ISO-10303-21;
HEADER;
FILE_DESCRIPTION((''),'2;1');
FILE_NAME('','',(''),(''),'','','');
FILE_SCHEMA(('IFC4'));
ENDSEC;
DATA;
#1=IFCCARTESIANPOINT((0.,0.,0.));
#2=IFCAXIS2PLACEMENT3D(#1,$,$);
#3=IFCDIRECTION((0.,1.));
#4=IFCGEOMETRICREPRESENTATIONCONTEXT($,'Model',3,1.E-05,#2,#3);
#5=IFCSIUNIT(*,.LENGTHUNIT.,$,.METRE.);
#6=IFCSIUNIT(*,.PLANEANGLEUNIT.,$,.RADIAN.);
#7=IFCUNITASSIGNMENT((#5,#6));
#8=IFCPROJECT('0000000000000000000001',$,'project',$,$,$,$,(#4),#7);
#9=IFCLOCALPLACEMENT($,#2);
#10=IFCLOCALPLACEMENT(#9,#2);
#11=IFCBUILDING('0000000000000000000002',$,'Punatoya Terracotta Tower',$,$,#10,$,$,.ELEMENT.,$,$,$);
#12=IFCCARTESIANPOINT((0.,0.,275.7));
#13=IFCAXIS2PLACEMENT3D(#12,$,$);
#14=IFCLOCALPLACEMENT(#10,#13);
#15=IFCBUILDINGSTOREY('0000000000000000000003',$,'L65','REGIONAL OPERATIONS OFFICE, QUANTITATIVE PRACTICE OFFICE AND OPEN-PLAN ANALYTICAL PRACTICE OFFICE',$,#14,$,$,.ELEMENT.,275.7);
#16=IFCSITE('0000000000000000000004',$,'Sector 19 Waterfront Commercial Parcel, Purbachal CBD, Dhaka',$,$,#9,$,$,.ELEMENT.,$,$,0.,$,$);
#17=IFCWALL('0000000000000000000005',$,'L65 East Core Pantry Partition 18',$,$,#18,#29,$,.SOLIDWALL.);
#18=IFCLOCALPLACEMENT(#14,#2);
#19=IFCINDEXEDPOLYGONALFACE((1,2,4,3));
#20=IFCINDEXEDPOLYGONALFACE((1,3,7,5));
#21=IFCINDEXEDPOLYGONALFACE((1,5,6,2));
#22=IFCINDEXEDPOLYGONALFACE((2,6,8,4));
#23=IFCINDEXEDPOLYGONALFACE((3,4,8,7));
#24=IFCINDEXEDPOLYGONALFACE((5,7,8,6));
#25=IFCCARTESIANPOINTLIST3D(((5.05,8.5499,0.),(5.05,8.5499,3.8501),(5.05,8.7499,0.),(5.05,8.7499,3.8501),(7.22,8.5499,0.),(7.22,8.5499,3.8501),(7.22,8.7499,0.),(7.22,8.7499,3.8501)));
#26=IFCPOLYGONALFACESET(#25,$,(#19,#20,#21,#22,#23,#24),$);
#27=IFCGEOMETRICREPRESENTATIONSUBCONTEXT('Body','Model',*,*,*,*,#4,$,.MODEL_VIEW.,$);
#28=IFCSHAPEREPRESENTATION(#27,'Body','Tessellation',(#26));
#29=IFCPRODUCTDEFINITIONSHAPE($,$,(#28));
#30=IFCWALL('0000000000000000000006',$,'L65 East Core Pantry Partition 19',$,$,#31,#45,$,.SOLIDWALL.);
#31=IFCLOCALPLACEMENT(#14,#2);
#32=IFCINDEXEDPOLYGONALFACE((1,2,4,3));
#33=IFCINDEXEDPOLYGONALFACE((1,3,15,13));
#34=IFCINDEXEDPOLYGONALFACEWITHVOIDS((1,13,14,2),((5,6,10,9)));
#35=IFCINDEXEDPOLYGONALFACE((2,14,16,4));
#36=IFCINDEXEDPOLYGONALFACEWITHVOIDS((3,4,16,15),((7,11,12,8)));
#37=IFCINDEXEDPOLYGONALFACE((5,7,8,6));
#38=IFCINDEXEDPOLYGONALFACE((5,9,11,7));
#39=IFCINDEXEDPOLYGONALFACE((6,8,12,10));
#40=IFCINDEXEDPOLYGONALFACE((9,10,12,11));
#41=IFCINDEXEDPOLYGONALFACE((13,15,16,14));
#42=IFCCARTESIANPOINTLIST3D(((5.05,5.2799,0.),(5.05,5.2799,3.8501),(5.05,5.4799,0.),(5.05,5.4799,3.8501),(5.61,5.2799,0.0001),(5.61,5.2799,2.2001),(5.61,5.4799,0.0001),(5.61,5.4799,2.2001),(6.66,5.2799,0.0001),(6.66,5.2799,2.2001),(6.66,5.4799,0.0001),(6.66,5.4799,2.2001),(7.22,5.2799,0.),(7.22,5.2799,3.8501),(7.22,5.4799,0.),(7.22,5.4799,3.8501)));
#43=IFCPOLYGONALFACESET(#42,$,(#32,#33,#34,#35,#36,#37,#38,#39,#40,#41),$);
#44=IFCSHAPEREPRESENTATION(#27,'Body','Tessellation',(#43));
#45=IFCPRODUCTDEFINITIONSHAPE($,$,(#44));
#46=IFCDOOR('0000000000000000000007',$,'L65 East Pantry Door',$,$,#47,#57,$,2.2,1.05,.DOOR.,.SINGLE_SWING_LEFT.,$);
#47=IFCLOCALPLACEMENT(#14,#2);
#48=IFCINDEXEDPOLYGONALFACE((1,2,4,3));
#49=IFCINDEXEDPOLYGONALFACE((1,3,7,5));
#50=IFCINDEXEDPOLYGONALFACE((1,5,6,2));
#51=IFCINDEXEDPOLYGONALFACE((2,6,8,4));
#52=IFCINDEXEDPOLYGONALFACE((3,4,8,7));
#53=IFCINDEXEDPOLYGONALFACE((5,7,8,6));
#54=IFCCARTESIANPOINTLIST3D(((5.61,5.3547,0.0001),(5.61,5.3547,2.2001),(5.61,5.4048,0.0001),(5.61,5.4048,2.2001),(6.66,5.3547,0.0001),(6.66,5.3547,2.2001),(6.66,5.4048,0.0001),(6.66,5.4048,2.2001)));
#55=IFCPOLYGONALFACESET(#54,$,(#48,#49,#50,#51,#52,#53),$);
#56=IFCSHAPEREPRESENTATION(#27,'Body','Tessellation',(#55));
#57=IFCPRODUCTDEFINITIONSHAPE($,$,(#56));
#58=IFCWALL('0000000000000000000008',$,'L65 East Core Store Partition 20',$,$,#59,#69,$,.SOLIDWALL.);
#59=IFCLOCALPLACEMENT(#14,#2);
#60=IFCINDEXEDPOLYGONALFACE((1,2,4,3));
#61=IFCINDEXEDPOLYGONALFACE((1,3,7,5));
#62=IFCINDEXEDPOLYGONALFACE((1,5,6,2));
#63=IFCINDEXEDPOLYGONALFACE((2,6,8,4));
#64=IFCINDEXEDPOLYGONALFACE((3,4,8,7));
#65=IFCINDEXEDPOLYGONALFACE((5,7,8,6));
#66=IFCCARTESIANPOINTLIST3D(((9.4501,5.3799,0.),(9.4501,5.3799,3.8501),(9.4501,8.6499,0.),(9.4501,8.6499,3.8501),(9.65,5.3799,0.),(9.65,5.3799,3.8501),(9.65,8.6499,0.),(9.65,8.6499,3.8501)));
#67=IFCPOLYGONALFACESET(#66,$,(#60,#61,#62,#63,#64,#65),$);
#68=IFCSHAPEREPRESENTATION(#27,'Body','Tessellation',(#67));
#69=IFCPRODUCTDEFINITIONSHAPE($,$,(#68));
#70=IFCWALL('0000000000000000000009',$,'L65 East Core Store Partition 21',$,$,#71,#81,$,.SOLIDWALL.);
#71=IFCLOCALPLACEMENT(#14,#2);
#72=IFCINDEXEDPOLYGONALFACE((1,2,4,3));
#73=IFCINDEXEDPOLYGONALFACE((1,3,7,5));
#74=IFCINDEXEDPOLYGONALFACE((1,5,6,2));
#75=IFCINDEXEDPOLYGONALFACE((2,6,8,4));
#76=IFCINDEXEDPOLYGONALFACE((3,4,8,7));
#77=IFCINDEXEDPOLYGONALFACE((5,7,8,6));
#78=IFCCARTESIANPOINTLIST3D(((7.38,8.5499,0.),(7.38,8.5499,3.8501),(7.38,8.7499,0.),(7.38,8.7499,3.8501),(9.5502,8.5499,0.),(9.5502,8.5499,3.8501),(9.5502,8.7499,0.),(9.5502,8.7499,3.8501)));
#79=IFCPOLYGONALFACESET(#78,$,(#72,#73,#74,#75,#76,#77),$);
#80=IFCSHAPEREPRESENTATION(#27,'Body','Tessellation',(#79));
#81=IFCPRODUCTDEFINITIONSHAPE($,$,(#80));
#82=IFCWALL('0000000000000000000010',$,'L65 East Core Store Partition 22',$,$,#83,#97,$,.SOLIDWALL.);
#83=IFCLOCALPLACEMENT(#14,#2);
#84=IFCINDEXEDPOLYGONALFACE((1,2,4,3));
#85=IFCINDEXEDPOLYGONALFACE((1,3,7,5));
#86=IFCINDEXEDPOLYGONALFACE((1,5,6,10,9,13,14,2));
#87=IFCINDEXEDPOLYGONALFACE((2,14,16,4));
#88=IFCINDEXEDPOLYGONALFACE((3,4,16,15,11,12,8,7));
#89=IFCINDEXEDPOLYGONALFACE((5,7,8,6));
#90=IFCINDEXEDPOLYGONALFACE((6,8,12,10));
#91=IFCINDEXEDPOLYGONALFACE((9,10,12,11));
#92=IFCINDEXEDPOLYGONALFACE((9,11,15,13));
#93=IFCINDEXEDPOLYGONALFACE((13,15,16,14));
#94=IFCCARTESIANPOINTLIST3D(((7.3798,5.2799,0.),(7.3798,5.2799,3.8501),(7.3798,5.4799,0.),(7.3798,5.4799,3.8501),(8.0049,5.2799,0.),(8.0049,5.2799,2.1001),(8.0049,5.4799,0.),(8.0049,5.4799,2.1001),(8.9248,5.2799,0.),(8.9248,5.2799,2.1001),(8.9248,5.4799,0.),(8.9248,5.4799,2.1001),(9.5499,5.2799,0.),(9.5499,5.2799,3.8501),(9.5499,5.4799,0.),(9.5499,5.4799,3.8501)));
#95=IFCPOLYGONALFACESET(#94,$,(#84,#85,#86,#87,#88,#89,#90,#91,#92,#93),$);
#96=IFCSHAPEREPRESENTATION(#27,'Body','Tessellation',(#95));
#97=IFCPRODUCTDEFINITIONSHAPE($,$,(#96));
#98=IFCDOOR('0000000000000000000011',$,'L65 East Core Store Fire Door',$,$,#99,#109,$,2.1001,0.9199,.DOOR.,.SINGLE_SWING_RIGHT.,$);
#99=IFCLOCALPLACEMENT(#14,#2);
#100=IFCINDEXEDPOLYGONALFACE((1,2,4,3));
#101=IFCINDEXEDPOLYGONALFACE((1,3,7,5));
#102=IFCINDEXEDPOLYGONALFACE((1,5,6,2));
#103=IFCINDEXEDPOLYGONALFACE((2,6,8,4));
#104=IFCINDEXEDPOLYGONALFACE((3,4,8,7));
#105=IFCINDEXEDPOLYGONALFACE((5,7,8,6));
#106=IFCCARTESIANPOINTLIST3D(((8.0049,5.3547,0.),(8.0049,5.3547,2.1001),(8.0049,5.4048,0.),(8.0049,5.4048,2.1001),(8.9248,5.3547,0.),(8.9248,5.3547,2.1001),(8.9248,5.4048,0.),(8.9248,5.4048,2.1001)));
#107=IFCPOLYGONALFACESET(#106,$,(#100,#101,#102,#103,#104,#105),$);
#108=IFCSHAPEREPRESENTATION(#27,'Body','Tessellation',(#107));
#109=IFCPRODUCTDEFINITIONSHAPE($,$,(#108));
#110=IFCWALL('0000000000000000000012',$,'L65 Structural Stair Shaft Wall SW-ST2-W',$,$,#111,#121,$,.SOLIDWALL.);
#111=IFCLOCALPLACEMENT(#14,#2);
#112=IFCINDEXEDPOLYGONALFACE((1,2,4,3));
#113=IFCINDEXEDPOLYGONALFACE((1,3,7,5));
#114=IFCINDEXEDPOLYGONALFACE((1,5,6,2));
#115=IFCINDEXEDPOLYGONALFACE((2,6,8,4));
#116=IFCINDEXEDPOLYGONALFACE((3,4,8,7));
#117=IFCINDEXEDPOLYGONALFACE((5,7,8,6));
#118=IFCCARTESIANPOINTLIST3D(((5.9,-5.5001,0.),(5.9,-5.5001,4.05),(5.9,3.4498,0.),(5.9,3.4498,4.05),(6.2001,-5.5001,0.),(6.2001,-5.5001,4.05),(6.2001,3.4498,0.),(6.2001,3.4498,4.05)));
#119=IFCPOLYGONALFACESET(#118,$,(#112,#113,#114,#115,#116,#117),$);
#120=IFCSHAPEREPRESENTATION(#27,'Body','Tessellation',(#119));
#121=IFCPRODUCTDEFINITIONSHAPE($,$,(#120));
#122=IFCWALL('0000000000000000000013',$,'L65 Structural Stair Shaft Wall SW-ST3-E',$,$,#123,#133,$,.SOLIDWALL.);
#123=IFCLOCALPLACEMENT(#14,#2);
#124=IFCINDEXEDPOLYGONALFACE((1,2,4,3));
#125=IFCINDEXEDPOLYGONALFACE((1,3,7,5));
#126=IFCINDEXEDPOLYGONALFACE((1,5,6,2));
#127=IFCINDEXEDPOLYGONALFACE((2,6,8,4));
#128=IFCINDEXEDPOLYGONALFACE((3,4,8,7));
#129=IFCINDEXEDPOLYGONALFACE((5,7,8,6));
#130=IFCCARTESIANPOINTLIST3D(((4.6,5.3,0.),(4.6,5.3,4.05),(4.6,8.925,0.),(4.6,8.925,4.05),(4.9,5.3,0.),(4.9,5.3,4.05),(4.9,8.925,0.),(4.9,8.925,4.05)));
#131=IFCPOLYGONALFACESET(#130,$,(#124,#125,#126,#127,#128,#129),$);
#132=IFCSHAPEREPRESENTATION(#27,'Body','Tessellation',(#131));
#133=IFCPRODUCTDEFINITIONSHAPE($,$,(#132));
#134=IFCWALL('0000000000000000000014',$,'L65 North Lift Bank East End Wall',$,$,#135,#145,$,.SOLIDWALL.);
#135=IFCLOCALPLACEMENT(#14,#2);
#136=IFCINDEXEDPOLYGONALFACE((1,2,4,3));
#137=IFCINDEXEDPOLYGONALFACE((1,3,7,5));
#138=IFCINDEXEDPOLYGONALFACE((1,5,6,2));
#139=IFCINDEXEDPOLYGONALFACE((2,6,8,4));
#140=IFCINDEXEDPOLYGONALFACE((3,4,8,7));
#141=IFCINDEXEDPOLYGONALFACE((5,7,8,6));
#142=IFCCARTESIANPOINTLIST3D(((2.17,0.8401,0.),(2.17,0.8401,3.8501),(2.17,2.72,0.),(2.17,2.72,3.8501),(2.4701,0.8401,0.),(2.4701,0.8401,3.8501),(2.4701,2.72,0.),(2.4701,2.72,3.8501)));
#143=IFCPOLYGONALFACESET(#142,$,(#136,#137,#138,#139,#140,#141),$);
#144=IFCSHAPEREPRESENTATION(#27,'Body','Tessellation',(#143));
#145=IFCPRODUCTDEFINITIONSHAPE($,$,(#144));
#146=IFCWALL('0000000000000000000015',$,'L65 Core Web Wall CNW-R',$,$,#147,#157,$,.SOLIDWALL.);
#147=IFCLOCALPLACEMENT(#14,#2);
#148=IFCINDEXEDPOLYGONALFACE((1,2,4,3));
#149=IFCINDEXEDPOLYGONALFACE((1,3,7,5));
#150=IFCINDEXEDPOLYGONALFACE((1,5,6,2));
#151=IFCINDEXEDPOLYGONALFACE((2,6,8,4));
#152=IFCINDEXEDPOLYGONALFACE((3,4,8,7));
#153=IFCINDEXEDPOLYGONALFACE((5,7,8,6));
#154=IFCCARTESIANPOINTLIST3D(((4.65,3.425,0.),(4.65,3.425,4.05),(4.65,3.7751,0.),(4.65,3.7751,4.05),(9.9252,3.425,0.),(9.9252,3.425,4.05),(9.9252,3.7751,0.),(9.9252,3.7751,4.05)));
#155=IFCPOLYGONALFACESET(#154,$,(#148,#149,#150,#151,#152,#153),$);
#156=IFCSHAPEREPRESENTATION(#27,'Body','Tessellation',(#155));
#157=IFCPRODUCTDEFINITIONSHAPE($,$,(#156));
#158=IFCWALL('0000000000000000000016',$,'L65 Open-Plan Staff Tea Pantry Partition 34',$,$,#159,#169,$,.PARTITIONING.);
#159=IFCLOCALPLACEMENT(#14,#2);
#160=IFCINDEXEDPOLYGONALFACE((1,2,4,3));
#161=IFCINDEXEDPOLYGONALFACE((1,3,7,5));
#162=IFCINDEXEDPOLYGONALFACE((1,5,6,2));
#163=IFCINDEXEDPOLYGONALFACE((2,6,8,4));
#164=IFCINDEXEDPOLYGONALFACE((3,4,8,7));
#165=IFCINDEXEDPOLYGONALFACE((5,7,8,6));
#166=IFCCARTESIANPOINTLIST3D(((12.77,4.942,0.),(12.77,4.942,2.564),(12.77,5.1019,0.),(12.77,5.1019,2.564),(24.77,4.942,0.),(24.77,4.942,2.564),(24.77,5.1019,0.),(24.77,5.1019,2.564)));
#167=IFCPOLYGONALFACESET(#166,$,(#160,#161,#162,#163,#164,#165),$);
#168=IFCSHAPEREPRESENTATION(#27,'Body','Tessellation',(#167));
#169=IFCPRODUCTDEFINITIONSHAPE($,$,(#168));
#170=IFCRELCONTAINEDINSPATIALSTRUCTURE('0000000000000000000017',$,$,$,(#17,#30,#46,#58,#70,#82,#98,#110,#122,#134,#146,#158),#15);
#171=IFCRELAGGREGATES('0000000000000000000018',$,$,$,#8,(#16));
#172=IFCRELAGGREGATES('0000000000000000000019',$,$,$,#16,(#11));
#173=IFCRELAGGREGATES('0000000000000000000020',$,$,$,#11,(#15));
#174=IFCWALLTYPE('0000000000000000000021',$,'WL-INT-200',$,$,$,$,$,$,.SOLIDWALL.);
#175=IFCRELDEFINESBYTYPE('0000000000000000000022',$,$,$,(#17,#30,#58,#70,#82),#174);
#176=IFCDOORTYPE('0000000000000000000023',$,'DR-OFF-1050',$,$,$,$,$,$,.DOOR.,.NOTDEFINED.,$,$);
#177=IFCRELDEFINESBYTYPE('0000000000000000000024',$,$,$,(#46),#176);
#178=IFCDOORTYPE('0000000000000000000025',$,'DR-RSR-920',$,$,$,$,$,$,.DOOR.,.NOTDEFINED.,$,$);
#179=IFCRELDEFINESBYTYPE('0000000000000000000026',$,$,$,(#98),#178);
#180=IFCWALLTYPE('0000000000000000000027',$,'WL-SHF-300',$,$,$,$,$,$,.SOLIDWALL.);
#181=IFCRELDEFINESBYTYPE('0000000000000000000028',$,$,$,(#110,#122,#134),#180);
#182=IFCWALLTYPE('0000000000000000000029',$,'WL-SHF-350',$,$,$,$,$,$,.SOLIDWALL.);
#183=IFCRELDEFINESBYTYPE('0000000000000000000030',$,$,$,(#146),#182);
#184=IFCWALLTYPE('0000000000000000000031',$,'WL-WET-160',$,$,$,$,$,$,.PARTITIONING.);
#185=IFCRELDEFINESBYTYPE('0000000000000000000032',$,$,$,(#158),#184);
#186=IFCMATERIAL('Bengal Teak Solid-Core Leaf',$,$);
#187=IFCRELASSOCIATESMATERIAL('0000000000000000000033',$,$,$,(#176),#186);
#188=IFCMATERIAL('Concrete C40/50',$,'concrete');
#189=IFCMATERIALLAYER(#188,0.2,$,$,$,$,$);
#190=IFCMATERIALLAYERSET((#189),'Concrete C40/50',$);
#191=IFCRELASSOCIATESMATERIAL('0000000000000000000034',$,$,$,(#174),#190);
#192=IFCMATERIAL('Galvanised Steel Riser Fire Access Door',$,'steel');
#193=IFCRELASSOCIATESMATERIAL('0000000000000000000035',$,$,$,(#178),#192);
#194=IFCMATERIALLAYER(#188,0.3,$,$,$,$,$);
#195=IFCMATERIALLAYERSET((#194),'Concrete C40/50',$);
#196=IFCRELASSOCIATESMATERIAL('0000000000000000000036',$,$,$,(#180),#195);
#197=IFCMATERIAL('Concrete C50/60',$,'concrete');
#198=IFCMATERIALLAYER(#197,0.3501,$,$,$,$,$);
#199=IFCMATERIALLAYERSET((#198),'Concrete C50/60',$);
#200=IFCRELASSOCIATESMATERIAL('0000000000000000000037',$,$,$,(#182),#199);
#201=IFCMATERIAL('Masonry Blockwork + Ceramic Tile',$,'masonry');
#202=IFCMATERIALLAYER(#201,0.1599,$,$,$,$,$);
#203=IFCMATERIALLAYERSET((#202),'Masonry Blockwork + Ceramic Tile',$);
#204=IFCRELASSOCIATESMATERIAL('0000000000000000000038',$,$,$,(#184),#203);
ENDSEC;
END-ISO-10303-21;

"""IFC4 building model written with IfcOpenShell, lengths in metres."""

from ifc_helpers import new_model, si_unit, direction, frame, frame_2d, origin, place, context, subcontext, project, spatial, rectangle, extrude, material, layer, layer_set, type_object, element, fill, save


model = new_model("IFC4")

# Units and contexts
model_context = context("Model", 3, precision=1e-05, world=origin(), true_north=direction((0.0, 1.0)))
body_context = subcontext(model_context, "Body", "Model", "MODEL_VIEW")
ifc_project = project(units=[si_unit("LENGTHUNIT", "METRE"), si_unit("PLANEANGLEUNIT", "RADIAN")], contexts=[model_context])

# Site, building, storey
site_placement = place(None, origin())
site = spatial("IfcSite", under=ifc_project, at=site_placement, Name="Sector 19 Waterfront Commercial Parcel, Purbachal CBD, Dhaka", CompositionType="ELEMENT", RefElevation=0.0)
building_placement = place(site_placement, origin())
building = spatial("IfcBuilding", under=site, at=building_placement, Name="Punatoya Terracotta Tower", CompositionType="ELEMENT")
storey_placement = place(building_placement, frame((0.0, 0.0, 275.7)))
storey = spatial("IfcBuildingStorey", under=building, at=storey_placement, Name="L65", Description="REGIONAL OPERATIONS OFFICE, QUANTITATIVE PRACTICE OFFICE AND OPEN-PLAN ANALYTICAL PRACTICE OFFICE", CompositionType="ELEMENT", Elevation=275.7)

# Shared definitions
ifc_material_1 = material(Name="Concrete C50/60", Category="concrete")
ifc_material_2 = material(Name="Bengal Teak Solid-Core Leaf")
door_type_1 = type_object("IfcDoorType", Name="DR-OFF-1050", OperationType="NOTDEFINED", PredefinedType="DOOR", material=ifc_material_2)

# Wall
ifc_material_3 = material(Name="Concrete C40/50", Category="concrete")
ifc_layer_1 = layer(ifc_material_3, 0.2)
ifc_layer_set_1 = layer_set([ifc_layer_1], Name="Concrete C40/50")
wall_type_1 = type_object("IfcWallType", Name="WL-INT-200", PredefinedType="SOLIDWALL", material=ifc_layer_set_1)
wall_1_placement = place(storey_placement, frame((7.22, 8.6499, 0.0), z_axis=(0.0, 0.0, 1.0), x_axis=(-1.0, 0.0, 0.0)))
element("IfcWall", 1, at=wall_1_placement, inside=storey, type_object=wall_type_1, Name="L65 East Core Pantry Partition 18", PredefinedType="SOLIDWALL", context=body_context, shape_type="SweptSolid", body=[
    extrude(rectangle(XDim=2.1699, YDim=0.2, at=frame_2d((1.085, 0.0))), origin(), (0.0, 0.0, 1.0), 3.8501),
])

# Wall, opening, door
wall_2_placement = place(storey_placement, frame((5.05, 5.3799, 0.0), z_axis=(0.0, 0.0, 1.0), x_axis=(1.0, 0.0, 0.0)))
wall_2 = element("IfcWall", 2, at=wall_2_placement, inside=storey, type_object=wall_type_1, Name="L65 East Core Pantry Partition 19", PredefinedType="SOLIDWALL", context=body_context, shape_type="SweptSolid", body=[
    extrude(rectangle(XDim=2.1699, YDim=0.2, at=frame_2d((1.085, 0.0))), origin(), (0.0, 0.0, 1.0), 3.8501),
])
opening_1_placement = place(wall_2_placement, frame((0.5601, 0.0, 0.0)))
opening_1 = element("IfcOpeningElement", 3, at=opening_1_placement, cuts=wall_2, PredefinedType="OPENING", context=body_context, shape_type="SweptSolid", body=[
    extrude(rectangle(XDim=1.05, YDim=2.2, at=frame_2d((0.5249, 1.1001))), frame((0.0, 0.1099, 0.0), z_axis=(0.0, -1.0, 0.0), x_axis=(1.0, 0.0, 0.0)), (0.0, 0.0, 1.0), 0.22),
])
door_1_placement = place(opening_1_placement, origin())
door_1 = element("IfcDoor", 4, at=door_1_placement, inside=storey, type_object=door_type_1, Name="L65 East Pantry Door", OperationType="SINGLE_SWING_LEFT", OverallHeight=2.2, OverallWidth=1.05, PredefinedType="DOOR", context=body_context, shape_type="SweptSolid", body=[
    extrude(rectangle(XDim=1.05, YDim=2.2, at=frame_2d((0.5249, 1.1001))), frame((0.0, 0.0249, 0.0), z_axis=(0.0, -1.0, 0.0), x_axis=(1.0, 0.0, 0.0)), (0.0, 0.0, 1.0), 0.05),
])
fill(opening_1, door_1)

# Walls
wall_3_placement = place(storey_placement, frame((9.55, 5.3799, 0.0), z_axis=(0.0, 0.0, 1.0), x_axis=(0.0, 1.0, 0.0)))
element("IfcWall", 5, at=wall_3_placement, inside=storey, type_object=wall_type_1, Name="L65 East Core Store Partition 20", PredefinedType="SOLIDWALL", context=body_context, shape_type="SweptSolid", body=[
    extrude(rectangle(XDim=3.27, YDim=0.2, at=frame_2d((1.635, 0.0))), origin(), (0.0, 0.0, 1.0), 3.8501),
])
wall_4_placement = place(storey_placement, frame((9.55, 8.6499, 0.0), z_axis=(0.0, 0.0, 1.0), x_axis=(-1.0, 0.0, 0.0)))
element("IfcWall", 6, at=wall_4_placement, inside=storey, type_object=wall_type_1, Name="L65 East Core Store Partition 21", PredefinedType="SOLIDWALL", context=body_context, shape_type="SweptSolid", body=[
    extrude(rectangle(XDim=2.1702, YDim=0.2, at=frame_2d((1.085, 0.0))), origin(), (0.0, 0.0, 1.0), 3.8501),
])

# Wall, opening, door
wall_5_placement = place(storey_placement, frame((7.3799, 5.3799, 0.0), z_axis=(0.0, 0.0, 1.0), x_axis=(1.0, 0.0, 0.0)))
wall_5 = element("IfcWall", 7, at=wall_5_placement, inside=storey, type_object=wall_type_1, Name="L65 East Core Store Partition 22", PredefinedType="SOLIDWALL", context=body_context, shape_type="SweptSolid", body=[
    extrude(rectangle(XDim=2.1702, YDim=0.2, at=frame_2d((1.085, 0.0))), origin(), (0.0, 0.0, 1.0), 3.8501),
])
opening_2_placement = place(wall_5_placement, frame((0.625, 0.0, 0.0)))
opening_2 = element("IfcOpeningElement", 8, at=opening_2_placement, cuts=wall_5, PredefinedType="OPENING", context=body_context, shape_type="SweptSolid", body=[
    extrude(rectangle(XDim=0.9199, YDim=2.1001, at=frame_2d((0.46, 1.05))), frame((0.0, 0.1099, 0.0), z_axis=(0.0, -1.0, 0.0), x_axis=(1.0, 0.0, 0.0)), (0.0, 0.0, 1.0), 0.22),
])
ifc_material_4 = material(Name="Galvanised Steel Riser Fire Access Door", Category="steel")
door_type_2 = type_object("IfcDoorType", Name="DR-RSR-920", OperationType="NOTDEFINED", PredefinedType="DOOR", material=ifc_material_4)
door_2_placement = place(opening_2_placement, origin())
door_2 = element("IfcDoor", 9, at=door_2_placement, inside=storey, type_object=door_type_2, Name="L65 East Core Store Fire Door", OperationType="SINGLE_SWING_RIGHT", OverallHeight=2.1001, OverallWidth=0.9199, PredefinedType="DOOR", context=body_context, shape_type="SweptSolid", body=[
    extrude(rectangle(XDim=0.9199, YDim=2.1001, at=frame_2d((0.46, 1.05))), frame((0.0, 0.0249, 0.0), z_axis=(0.0, -1.0, 0.0), x_axis=(1.0, 0.0, 0.0)), (0.0, 0.0, 1.0), 0.05),
])
fill(opening_2, door_2)

# Walls
ifc_layer_2 = layer(ifc_material_3, 0.3)
ifc_layer_set_2 = layer_set([ifc_layer_2], Name="Concrete C40/50")
wall_type_2 = type_object("IfcWallType", Name="WL-SHF-300", PredefinedType="SOLIDWALL", material=ifc_layer_set_2)
wall_6_placement = place(storey_placement, frame((6.05, 3.45, 0.0), z_axis=(0.0, 0.0, 1.0), x_axis=(0.0, -1.0, 0.0)))
element("IfcWall", 10, at=wall_6_placement, inside=storey, type_object=wall_type_2, Name="L65 Structural Stair Shaft Wall SW-ST2-W", PredefinedType="SOLIDWALL", context=body_context, shape_type="SweptSolid", body=[
    extrude(rectangle(XDim=8.95, YDim=0.3, at=frame_2d((4.4751, 0.0))), origin(), (0.0, 0.0, 1.0), 4.05),
])
wall_7_placement = place(storey_placement, frame((4.75, 8.925, 0.0), z_axis=(0.0, 0.0, 1.0), x_axis=(0.0, -1.0, 0.0)))
element("IfcWall", 11, at=wall_7_placement, inside=storey, type_object=wall_type_2, Name="L65 Structural Stair Shaft Wall SW-ST3-E", PredefinedType="SOLIDWALL", context=body_context, shape_type="SweptSolid", body=[
    extrude(rectangle(XDim=3.625, YDim=0.3, at=frame_2d((1.8125, 0.0))), origin(), (0.0, 0.0, 1.0), 4.05),
])
wall_8_placement = place(storey_placement, frame((2.3201, 0.8401, 0.0), z_axis=(0.0, 0.0, 1.0), x_axis=(0.0, 1.0, 0.0)))
element("IfcWall", 12, at=wall_8_placement, inside=storey, type_object=wall_type_2, Name="L65 North Lift Bank East End Wall", PredefinedType="SOLIDWALL", context=body_context, shape_type="SweptSolid", body=[
    extrude(rectangle(XDim=1.8799, YDim=0.3, at=frame_2d((0.9399, 0.0))), origin(), (0.0, 0.0, 1.0), 3.8501),
])
ifc_layer_3 = layer(ifc_material_1, 0.3501)
ifc_layer_set_3 = layer_set([ifc_layer_3], Name="Concrete C50/60")
wall_type_3 = type_object("IfcWallType", Name="WL-SHF-350", PredefinedType="SOLIDWALL", material=ifc_layer_set_3)
wall_9_placement = place(storey_placement, frame((4.6499, 3.6001, 0.0), z_axis=(0.0, 0.0, 1.0), x_axis=(1.0, 0.0, 0.0)))
element("IfcWall", 13, at=wall_9_placement, inside=storey, type_object=wall_type_3, Name="L65 Core Web Wall CNW-R", PredefinedType="SOLIDWALL", context=body_context, shape_type="SweptSolid", body=[
    extrude(rectangle(XDim=5.2751, YDim=0.3501, at=frame_2d((2.6377, 0.0))), origin(), (0.0, 0.0, 1.0), 4.05),
])
ifc_material_5 = material(Name="Masonry Blockwork + Ceramic Tile", Category="masonry")
ifc_layer_4 = layer(ifc_material_5, 0.1599)
ifc_layer_set_4 = layer_set([ifc_layer_4], Name="Masonry Blockwork + Ceramic Tile")
wall_type_4 = type_object("IfcWallType", Name="WL-WET-160", PredefinedType="PARTITIONING", material=ifc_layer_set_4)
wall_10_placement = place(storey_placement, frame((12.77, 5.022, 0.0), z_axis=(0.0, 0.0, 1.0), x_axis=(1.0, 0.0, 0.0)))
element("IfcWall", 14, at=wall_10_placement, inside=storey, type_object=wall_type_4, Name="L65 Open-Plan Staff Tea Pantry Partition 34", PredefinedType="PARTITIONING", context=body_context, shape_type="SweptSolid", body=[
    extrude(rectangle(XDim=12.0, YDim=0.1599, at=frame_2d((6.0, 0.0))), origin(), (0.0, 0.0, 1.0), 2.564),
])

save(model, "model.ifc")
